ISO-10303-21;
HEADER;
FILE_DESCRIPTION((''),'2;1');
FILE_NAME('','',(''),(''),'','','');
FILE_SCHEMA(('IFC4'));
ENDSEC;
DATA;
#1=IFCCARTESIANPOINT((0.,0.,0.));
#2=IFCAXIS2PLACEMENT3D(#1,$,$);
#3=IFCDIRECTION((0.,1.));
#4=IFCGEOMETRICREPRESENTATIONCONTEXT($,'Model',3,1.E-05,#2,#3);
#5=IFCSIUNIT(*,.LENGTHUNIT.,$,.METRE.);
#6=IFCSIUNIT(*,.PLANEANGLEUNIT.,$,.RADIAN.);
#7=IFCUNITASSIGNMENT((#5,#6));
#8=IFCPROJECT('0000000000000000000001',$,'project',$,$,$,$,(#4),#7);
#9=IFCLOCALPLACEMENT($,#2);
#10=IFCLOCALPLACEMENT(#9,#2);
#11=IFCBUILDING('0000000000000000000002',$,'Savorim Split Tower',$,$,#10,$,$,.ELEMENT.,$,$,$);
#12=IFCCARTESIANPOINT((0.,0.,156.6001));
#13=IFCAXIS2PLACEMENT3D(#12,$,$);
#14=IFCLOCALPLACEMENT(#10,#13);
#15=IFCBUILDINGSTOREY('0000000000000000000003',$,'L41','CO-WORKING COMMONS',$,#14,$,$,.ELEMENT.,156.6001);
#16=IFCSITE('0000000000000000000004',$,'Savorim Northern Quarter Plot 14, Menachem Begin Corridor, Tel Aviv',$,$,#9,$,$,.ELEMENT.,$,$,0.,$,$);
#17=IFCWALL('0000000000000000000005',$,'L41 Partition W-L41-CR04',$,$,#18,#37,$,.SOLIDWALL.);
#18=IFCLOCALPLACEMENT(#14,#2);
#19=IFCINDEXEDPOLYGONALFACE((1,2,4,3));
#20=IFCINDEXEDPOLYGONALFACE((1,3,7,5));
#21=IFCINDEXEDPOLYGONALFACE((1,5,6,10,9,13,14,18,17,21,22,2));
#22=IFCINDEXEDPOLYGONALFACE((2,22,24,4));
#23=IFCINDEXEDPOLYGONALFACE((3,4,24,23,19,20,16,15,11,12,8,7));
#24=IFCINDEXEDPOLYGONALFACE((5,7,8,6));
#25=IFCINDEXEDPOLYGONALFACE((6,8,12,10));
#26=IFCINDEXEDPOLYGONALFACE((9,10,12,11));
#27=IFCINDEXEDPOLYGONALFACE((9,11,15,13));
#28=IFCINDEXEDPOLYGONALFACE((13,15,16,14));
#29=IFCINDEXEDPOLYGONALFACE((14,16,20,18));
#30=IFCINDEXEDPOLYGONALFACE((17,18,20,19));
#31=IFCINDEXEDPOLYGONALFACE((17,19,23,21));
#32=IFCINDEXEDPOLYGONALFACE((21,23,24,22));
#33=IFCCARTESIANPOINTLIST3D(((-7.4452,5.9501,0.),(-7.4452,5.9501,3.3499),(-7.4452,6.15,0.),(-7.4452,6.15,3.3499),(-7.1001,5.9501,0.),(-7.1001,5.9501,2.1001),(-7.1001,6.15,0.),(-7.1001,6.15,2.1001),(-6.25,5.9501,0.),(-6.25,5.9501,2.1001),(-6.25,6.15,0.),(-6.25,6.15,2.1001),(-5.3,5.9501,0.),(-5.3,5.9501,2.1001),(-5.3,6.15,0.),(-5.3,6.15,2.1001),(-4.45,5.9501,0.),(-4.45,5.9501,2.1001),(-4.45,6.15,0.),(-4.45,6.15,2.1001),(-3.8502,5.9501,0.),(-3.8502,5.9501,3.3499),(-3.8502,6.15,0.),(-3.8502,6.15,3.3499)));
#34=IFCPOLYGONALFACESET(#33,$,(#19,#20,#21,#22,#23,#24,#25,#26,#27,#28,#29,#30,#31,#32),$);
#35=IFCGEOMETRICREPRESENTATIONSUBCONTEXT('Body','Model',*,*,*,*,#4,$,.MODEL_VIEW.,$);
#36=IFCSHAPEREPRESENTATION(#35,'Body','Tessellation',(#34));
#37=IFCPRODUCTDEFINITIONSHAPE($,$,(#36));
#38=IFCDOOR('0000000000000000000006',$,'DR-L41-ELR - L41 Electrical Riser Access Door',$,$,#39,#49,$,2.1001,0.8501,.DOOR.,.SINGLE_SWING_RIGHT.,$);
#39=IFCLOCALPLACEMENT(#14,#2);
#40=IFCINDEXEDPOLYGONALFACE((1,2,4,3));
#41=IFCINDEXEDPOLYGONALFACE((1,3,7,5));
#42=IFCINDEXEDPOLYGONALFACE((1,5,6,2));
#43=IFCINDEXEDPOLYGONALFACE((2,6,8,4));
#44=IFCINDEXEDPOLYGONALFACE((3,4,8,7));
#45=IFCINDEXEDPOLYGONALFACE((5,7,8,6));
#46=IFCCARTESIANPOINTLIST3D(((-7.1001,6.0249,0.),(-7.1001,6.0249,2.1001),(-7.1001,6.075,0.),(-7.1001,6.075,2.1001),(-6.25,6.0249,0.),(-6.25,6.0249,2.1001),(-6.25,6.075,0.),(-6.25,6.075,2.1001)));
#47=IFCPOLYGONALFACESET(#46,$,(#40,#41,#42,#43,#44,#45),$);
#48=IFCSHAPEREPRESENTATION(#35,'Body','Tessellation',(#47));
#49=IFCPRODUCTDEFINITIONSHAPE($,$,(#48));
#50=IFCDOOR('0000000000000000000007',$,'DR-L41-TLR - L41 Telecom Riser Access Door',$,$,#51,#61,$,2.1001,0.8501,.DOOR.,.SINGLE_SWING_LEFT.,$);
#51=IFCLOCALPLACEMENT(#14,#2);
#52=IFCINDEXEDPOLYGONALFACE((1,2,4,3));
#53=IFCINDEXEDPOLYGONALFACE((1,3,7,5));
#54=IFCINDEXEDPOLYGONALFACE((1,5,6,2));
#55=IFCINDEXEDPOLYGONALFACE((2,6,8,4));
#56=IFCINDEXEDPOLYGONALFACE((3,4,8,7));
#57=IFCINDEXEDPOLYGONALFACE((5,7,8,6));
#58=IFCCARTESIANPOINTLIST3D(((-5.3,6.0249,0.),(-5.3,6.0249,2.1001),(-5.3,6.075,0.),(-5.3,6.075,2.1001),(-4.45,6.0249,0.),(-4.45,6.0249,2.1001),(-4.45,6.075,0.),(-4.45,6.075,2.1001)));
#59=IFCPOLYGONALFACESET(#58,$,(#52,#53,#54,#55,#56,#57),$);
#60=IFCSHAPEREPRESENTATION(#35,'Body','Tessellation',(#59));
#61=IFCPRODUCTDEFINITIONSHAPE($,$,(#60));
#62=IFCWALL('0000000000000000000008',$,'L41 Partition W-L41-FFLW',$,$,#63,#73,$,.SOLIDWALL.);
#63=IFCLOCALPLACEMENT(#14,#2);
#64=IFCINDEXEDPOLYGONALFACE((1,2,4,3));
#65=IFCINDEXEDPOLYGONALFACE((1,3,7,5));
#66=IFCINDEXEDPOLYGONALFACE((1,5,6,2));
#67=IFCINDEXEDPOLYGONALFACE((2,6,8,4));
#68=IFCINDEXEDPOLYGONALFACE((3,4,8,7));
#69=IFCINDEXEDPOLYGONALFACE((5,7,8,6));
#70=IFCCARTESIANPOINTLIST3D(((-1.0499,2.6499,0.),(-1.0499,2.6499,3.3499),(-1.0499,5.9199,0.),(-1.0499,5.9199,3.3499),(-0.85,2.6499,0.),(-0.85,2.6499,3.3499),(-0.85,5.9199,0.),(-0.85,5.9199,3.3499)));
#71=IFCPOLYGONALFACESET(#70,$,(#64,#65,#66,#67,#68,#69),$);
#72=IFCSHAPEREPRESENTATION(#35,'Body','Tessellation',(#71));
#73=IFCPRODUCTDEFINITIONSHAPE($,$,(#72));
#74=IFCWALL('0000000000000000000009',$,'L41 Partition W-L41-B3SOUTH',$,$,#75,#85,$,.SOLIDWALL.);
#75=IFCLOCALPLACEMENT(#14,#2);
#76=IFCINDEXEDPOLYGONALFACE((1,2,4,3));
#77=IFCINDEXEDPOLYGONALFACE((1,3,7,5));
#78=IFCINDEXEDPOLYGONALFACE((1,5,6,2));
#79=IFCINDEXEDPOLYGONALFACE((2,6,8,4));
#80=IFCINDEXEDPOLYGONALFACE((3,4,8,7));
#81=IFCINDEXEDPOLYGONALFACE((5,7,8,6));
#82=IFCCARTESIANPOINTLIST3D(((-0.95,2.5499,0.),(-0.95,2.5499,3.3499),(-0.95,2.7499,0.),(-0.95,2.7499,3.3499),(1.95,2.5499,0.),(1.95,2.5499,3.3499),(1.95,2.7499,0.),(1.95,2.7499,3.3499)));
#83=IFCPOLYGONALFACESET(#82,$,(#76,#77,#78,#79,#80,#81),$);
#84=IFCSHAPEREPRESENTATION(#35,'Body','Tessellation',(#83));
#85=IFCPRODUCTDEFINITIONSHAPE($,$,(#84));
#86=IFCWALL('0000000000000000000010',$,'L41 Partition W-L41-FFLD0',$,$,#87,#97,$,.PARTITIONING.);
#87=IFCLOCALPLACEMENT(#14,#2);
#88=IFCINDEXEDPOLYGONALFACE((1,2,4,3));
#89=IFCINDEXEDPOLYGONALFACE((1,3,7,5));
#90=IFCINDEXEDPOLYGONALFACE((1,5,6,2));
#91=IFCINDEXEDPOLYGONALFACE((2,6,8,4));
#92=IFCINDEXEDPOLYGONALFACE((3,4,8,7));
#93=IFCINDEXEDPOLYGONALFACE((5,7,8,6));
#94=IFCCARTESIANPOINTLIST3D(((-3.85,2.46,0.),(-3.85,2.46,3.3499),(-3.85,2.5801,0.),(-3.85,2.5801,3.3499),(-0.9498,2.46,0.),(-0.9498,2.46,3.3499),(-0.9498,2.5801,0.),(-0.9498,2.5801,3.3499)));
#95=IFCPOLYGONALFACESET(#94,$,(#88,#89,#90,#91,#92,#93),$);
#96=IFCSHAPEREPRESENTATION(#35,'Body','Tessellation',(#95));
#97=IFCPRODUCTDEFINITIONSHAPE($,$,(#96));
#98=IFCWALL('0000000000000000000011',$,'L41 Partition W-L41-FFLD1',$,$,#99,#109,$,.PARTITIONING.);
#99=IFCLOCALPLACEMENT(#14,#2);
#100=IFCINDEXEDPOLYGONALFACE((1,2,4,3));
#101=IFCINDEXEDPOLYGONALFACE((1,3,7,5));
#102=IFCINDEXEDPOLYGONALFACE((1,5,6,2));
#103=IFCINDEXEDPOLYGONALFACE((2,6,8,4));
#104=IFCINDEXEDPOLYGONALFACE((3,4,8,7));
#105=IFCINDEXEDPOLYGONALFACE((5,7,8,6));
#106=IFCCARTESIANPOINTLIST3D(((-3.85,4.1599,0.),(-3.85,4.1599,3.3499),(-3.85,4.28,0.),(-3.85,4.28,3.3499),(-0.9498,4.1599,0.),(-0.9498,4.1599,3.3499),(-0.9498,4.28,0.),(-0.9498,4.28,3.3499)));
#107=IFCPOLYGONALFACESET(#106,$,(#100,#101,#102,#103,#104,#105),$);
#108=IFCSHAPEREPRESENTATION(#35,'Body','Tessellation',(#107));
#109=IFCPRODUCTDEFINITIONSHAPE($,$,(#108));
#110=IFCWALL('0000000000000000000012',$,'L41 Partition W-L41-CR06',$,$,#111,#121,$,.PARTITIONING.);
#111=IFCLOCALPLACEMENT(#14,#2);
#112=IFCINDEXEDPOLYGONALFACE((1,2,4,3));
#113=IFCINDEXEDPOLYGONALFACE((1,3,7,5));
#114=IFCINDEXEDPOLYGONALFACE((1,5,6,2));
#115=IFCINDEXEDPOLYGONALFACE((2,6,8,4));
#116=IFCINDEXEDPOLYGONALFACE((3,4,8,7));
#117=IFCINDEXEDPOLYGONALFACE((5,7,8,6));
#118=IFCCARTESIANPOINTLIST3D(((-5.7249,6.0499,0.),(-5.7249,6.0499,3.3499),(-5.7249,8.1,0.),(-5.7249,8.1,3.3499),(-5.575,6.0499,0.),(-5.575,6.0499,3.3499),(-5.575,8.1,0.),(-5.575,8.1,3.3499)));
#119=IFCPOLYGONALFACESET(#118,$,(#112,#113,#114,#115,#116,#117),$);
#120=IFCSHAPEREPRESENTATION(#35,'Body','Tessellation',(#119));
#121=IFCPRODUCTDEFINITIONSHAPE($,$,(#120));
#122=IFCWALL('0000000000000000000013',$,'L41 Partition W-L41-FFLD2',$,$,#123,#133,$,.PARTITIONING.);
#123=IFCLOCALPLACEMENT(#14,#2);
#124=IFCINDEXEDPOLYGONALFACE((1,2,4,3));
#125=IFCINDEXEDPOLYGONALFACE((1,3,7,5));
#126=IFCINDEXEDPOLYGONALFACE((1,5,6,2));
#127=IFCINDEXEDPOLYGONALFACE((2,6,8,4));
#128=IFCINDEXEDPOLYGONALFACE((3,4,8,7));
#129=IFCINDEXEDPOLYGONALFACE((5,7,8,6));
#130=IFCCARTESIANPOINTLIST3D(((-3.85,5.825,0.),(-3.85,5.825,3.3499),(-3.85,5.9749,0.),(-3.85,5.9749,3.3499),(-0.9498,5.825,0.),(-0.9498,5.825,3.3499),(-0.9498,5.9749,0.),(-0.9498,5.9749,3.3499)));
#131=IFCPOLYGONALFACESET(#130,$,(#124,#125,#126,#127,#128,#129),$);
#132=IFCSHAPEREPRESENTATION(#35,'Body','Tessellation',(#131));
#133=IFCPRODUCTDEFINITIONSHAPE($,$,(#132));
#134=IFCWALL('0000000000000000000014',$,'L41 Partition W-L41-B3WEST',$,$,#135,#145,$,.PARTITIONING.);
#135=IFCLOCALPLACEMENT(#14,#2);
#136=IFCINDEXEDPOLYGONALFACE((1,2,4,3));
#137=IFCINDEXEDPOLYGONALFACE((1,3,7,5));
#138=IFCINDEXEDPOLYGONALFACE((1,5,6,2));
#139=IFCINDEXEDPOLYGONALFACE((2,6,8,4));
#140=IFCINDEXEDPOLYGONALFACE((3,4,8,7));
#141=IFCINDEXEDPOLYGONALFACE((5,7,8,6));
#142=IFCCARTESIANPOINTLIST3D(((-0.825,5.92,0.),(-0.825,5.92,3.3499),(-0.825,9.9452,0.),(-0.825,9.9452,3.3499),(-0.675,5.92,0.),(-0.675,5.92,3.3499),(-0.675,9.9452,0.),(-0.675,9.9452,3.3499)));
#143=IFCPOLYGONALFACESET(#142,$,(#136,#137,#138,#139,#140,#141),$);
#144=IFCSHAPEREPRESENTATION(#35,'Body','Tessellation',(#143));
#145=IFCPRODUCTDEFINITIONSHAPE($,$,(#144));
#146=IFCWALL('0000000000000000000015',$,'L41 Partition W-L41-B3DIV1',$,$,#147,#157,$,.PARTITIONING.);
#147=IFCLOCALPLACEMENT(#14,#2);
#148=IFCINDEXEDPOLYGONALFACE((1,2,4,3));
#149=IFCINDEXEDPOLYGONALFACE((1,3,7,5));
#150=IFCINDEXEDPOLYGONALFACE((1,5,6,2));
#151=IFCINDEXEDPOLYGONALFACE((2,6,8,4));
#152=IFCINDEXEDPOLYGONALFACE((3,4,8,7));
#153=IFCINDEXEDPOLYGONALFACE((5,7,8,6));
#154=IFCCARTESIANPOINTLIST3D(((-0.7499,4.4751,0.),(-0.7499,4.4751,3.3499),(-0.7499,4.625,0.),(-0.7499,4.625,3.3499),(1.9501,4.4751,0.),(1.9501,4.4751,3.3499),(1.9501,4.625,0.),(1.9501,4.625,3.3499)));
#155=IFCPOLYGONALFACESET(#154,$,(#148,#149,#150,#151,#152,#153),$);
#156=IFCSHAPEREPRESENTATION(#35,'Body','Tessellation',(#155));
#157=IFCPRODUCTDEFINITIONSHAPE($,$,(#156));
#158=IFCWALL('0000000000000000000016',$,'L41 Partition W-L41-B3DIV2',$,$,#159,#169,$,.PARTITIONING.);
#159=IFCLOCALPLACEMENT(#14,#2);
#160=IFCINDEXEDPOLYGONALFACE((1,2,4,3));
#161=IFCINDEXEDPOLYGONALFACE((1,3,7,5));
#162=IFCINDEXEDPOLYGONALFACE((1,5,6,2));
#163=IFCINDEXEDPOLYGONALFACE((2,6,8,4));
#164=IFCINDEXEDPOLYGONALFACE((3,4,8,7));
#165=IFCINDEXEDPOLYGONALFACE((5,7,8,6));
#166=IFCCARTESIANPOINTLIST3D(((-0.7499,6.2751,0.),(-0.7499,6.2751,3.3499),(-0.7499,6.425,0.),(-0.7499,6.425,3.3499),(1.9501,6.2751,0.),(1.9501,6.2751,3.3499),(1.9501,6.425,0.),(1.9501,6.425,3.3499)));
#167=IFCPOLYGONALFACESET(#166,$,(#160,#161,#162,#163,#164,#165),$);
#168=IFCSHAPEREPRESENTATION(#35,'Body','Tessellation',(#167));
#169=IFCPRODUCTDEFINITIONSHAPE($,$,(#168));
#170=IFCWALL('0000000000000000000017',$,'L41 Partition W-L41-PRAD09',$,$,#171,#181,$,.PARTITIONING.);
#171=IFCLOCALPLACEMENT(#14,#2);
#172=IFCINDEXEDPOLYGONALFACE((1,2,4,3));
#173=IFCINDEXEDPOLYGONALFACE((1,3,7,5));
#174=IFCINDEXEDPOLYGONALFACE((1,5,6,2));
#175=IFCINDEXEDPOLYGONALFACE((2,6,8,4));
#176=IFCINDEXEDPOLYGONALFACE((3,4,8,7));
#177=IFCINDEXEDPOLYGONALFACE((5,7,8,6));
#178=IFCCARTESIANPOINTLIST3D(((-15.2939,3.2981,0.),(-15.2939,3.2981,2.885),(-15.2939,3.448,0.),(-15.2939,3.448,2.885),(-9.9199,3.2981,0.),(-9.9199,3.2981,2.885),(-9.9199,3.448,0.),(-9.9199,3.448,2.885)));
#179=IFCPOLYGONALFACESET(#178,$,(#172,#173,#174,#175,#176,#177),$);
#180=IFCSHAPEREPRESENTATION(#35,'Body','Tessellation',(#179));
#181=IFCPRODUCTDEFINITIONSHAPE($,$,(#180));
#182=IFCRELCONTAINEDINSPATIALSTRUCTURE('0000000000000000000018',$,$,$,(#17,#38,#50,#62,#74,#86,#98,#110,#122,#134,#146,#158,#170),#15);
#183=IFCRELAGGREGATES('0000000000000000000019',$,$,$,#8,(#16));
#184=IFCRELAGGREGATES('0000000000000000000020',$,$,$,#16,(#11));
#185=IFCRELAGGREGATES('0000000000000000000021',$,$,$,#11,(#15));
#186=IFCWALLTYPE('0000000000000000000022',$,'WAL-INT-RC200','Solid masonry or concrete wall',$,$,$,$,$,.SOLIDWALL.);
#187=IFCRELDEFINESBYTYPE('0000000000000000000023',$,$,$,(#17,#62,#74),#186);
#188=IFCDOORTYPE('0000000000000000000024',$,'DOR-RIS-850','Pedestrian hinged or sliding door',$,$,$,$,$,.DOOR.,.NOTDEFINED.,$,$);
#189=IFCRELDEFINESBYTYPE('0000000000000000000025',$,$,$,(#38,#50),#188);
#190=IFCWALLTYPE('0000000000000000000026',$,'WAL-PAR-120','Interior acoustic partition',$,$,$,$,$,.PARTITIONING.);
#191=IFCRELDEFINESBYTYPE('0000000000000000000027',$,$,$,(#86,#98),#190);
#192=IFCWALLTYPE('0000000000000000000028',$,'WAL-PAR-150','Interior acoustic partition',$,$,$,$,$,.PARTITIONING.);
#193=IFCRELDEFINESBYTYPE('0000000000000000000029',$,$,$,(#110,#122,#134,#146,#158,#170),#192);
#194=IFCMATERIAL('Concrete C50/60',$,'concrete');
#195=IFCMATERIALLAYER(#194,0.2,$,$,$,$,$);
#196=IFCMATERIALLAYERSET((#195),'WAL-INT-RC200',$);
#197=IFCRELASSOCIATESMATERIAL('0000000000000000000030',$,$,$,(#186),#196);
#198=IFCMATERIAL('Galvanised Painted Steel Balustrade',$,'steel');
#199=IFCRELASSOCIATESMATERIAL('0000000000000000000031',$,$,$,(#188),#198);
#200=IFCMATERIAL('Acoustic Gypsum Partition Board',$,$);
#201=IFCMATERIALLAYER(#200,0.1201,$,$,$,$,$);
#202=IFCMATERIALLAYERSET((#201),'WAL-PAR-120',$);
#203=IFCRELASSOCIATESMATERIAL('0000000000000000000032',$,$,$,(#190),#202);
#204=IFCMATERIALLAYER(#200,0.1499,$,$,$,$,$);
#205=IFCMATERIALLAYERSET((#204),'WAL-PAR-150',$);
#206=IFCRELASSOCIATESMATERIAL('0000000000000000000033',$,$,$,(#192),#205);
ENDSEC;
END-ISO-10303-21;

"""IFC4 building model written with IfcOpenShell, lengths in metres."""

from ifc_helpers import new_model, si_unit, direction, frame, frame_2d, origin, place, context, subcontext, project, spatial, rectangle, extrude, material, layer, layer_set, type_object, element, fill, save


model = new_model("IFC4")

# Units and contexts
model_context = context("Model", 3, precision=1e-05, world=origin(), true_north=direction((0.0, 1.0)))
body_context = subcontext(model_context, "Body", "Model", "MODEL_VIEW")
ifc_project = project(units=[si_unit("LENGTHUNIT", "METRE"), si_unit("PLANEANGLEUNIT", "RADIAN")], contexts=[model_context])

# Site, building, storey
site_placement = place(None, origin())
site = spatial("IfcSite", under=ifc_project, at=site_placement, Name="Savorim Northern Quarter Plot 14, Menachem Begin Corridor, Tel Aviv", CompositionType="ELEMENT", RefElevation=0.0)
building_placement = place(site_placement, origin())
building = spatial("IfcBuilding", under=site, at=building_placement, Name="Savorim Split Tower", CompositionType="ELEMENT")
storey_placement = place(building_placement, frame((0.0, 0.0, 156.6001)))
storey = spatial("IfcBuildingStorey", under=building, at=storey_placement, Name="L41", Description="CO-WORKING COMMONS", CompositionType="ELEMENT", Elevation=156.6001)

# Wall, openings, doors
ifc_material_1 = material(Name="Concrete C50/60", Category="concrete")
ifc_layer_1 = layer(ifc_material_1, 0.2)
ifc_layer_set_1 = layer_set([ifc_layer_1], Name="WAL-INT-RC200")
wall_type_1 = type_object("IfcWallType", Name="WAL-INT-RC200", Description="Solid masonry or concrete wall", PredefinedType="SOLIDWALL", material=ifc_layer_set_1)
wall_1_placement = place(storey_placement, frame((-7.4451, 6.05, 0.0), z_axis=(0.0, 0.0, 1.0), x_axis=(1.0, 0.0, 0.0)))
wall_1 = element("IfcWall", 1, at=wall_1_placement, inside=storey, type_object=wall_type_1, Name="L41 Partition W-L41-CR04", PredefinedType="SOLIDWALL", context=body_context, shape_type="SweptSolid", body=[
    extrude(rectangle(XDim=3.595, YDim=0.2, at=frame_2d((1.7974, 0.0))), origin(), (0.0, 0.0, 1.0), 3.3499),
])
opening_1_placement = place(wall_1_placement, frame((0.345, 0.0, 0.0)))
opening_1 = element("IfcOpeningElement", 2, at=opening_1_placement, cuts=wall_1, PredefinedType="OPENING", context=body_context, shape_type="SweptSolid", body=[
    extrude(rectangle(XDim=0.8501, YDim=2.1001, at=frame_2d((0.425, 1.05))), frame((0.0, 0.1099, 0.0), z_axis=(0.0, -1.0, 0.0), x_axis=(1.0, 0.0, 0.0)), (0.0, 0.0, 1.0), 0.22),
])
opening_2_placement = place(wall_1_placement, frame((2.145, 0.0, 0.0)))
opening_2 = element("IfcOpeningElement", 3, at=opening_2_placement, cuts=wall_1, PredefinedType="OPENING", context=body_context, shape_type="SweptSolid", body=[
    extrude(rectangle(XDim=0.8501, YDim=2.1001, at=frame_2d((0.425, 1.05))), frame((0.0, 0.1099, 0.0), z_axis=(0.0, -1.0, 0.0), x_axis=(1.0, 0.0, 0.0)), (0.0, 0.0, 1.0), 0.22),
])
ifc_material_2 = material(Name="Galvanised Painted Steel Balustrade", Category="steel")
door_type = type_object("IfcDoorType", Name="DOR-RIS-850", Description="Pedestrian hinged or sliding door", OperationType="NOTDEFINED", PredefinedType="DOOR", material=ifc_material_2)
door_1_placement = place(opening_1_placement, origin())
door_1 = element("IfcDoor", 4, at=door_1_placement, inside=storey, type_object=door_type, Name="DR-L41-ELR - L41 Electrical Riser Access Door", OperationType="SINGLE_SWING_RIGHT", OverallHeight=2.1001, OverallWidth=0.8501, PredefinedType="DOOR", context=body_context, shape_type="SweptSolid", body=[
    extrude(rectangle(XDim=0.8501, YDim=2.1001, at=frame_2d((0.425, 1.05))), frame((0.0, 0.0249, 0.0), z_axis=(0.0, -1.0, 0.0), x_axis=(1.0, 0.0, 0.0)), (0.0, 0.0, 1.0), 0.05),
])
fill(opening_1, door_1)
door_2_placement = place(opening_2_placement, origin())
door_2 = element("IfcDoor", 5, at=door_2_placement, inside=storey, type_object=door_type, Name="DR-L41-TLR - L41 Telecom Riser Access Door", OperationType="SINGLE_SWING_LEFT", OverallHeight=2.1001, OverallWidth=0.8501, PredefinedType="DOOR", context=body_context, shape_type="SweptSolid", body=[
    extrude(rectangle(XDim=0.8501, YDim=2.1001, at=frame_2d((0.425, 1.05))), frame((0.0, 0.0249, 0.0), z_axis=(0.0, -1.0, 0.0), x_axis=(1.0, 0.0, 0.0)), (0.0, 0.0, 1.0), 0.05),
])
fill(opening_2, door_2)

# Walls
wall_2_placement = place(storey_placement, frame((-0.95, 2.6499, 0.0), z_axis=(0.0, 0.0, 1.0), x_axis=(0.0, 1.0, 0.0)))
element("IfcWall", 6, at=wall_2_placement, inside=storey, type_object=wall_type_1, Name="L41 Partition W-L41-FFLW", PredefinedType="SOLIDWALL", context=body_context, shape_type="SweptSolid", body=[
    extrude(rectangle(XDim=3.27, YDim=0.2, at=frame_2d((1.635, 0.0))), origin(), (0.0, 0.0, 1.0), 3.3499),
])
wall_3_placement = place(storey_placement, frame((-0.95, 2.6499, 0.0), z_axis=(0.0, 0.0, 1.0), x_axis=(1.0, 0.0, 0.0)))
element("IfcWall", 7, at=wall_3_placement, inside=storey, type_object=wall_type_1, Name="L41 Partition W-L41-B3SOUTH", PredefinedType="SOLIDWALL", context=body_context, shape_type="SweptSolid", body=[
    extrude(rectangle(XDim=2.8999, YDim=0.2, at=frame_2d((1.45, 0.0))), origin(), (0.0, 0.0, 1.0), 3.3499),
])
ifc_material_3 = material(Name="Acoustic Gypsum Partition Board")
ifc_layer_2 = layer(ifc_material_3, 0.1201)
ifc_layer_set_2 = layer_set([ifc_layer_2], Name="WAL-PAR-120")
wall_type_2 = type_object("IfcWallType", Name="WAL-PAR-120", Description="Interior acoustic partition", PredefinedType="PARTITIONING", material=ifc_layer_set_2)
for number, where, z_axis, x_axis, name in (
    (8, (-3.8501, 2.52, 0.0), (0.0, 0.0, 1.0), (1.0, 0.0, 0.0), "L41 Partition W-L41-FFLD0"),
    (9, (-3.8501, 4.22, 0.0), (0.0, 0.0, 1.0), (1.0, 0.0, 0.0), "L41 Partition W-L41-FFLD1"),
):
    element("IfcWall", number, at=place(storey_placement, frame(where, z_axis=z_axis, x_axis=x_axis)), inside=storey, type_object=wall_type_2, Name=name, PredefinedType="PARTITIONING", context=body_context, shape_type="SweptSolid", body=[
        extrude(rectangle(XDim=2.9001, YDim=0.1201, at=frame_2d((1.4502, 0.0))), origin(), (0.0, 0.0, 1.0), 3.3499),
    ])
ifc_layer_3 = layer(ifc_material_3, 0.1499)
ifc_layer_set_3 = layer_set([ifc_layer_3], Name="WAL-PAR-150")
wall_type_3 = type_object("IfcWallType", Name="WAL-PAR-150", Description="Interior acoustic partition", PredefinedType="PARTITIONING", material=ifc_layer_set_3)
wall_4_placement = place(storey_placement, frame((-5.6499, 6.05, 0.0), z_axis=(0.0, 0.0, 1.0), x_axis=(0.0, 1.0, 0.0)))
element("IfcWall", 10, at=wall_4_placement, inside=storey, type_object=wall_type_3, Name="L41 Partition W-L41-CR06", PredefinedType="PARTITIONING", context=body_context, shape_type="SweptSolid", body=[
    extrude(rectangle(XDim=2.05, YDim=0.1499, at=frame_2d((1.0249, 0.0))), origin(), (0.0, 0.0, 1.0), 3.3499),
])
wall_5_placement = place(storey_placement, frame((-3.8501, 5.8999, 0.0), z_axis=(0.0, 0.0, 1.0), x_axis=(1.0, 0.0, 0.0)))
element("IfcWall", 11, at=wall_5_placement, inside=storey, type_object=wall_type_3, Name="L41 Partition W-L41-FFLD2", PredefinedType="PARTITIONING", context=body_context, shape_type="SweptSolid", body=[
    extrude(rectangle(XDim=2.9001, YDim=0.1499, at=frame_2d((1.4502, 0.0))), origin(), (0.0, 0.0, 1.0), 3.3499),
])
wall_6_placement = place(storey_placement, frame((-0.75, 5.9199, 0.0), z_axis=(0.0, 0.0, 1.0), x_axis=(0.0, 1.0, 0.0)))
element("IfcWall", 12, at=wall_6_placement, inside=storey, type_object=wall_type_3, Name="L41 Partition W-L41-B3WEST", PredefinedType="PARTITIONING", context=body_context, shape_type="SweptSolid", body=[
    extrude(rectangle(XDim=4.0251, YDim=0.1499, at=frame_2d((2.0127, 0.0))), origin(), (0.0, 0.0, 1.0), 3.3499),
])
for number, where, z_axis, x_axis, name in (
    (13, (-0.75, 4.55, 0.0), (0.0, 0.0, 1.0), (1.0, 0.0, 0.0), "L41 Partition W-L41-B3DIV1"),
    (14, (-0.75, 6.3501, 0.0), (0.0, 0.0, 1.0), (1.0, 0.0, 0.0), "L41 Partition W-L41-B3DIV2"),
):
    element("IfcWall", number, at=place(storey_placement, frame(where, z_axis=z_axis, x_axis=x_axis)), inside=storey, type_object=wall_type_3, Name=name, PredefinedType="PARTITIONING", context=body_context, shape_type="SweptSolid", body=[
        extrude(rectangle(XDim=2.7, YDim=0.1499, at=frame_2d((1.3501, 0.0))), origin(), (0.0, 0.0, 1.0), 3.3499),
    ])
wall_7_placement = place(storey_placement, frame((-9.9199, 3.373, 0.0), z_axis=(0.0, 0.0, 1.0), x_axis=(-1.0, 0.0, 0.0)))
element("IfcWall", 15, at=wall_7_placement, inside=storey, type_object=wall_type_3, Name="L41 Partition W-L41-PRAD09", PredefinedType="PARTITIONING", context=body_context, shape_type="SweptSolid", body=[
    extrude(rectangle(XDim=5.374, YDim=0.1499, at=frame_2d((2.687, 0.0))), origin(), (0.0, 0.0, 1.0), 2.885),
])

save(model, "model.ifc")
